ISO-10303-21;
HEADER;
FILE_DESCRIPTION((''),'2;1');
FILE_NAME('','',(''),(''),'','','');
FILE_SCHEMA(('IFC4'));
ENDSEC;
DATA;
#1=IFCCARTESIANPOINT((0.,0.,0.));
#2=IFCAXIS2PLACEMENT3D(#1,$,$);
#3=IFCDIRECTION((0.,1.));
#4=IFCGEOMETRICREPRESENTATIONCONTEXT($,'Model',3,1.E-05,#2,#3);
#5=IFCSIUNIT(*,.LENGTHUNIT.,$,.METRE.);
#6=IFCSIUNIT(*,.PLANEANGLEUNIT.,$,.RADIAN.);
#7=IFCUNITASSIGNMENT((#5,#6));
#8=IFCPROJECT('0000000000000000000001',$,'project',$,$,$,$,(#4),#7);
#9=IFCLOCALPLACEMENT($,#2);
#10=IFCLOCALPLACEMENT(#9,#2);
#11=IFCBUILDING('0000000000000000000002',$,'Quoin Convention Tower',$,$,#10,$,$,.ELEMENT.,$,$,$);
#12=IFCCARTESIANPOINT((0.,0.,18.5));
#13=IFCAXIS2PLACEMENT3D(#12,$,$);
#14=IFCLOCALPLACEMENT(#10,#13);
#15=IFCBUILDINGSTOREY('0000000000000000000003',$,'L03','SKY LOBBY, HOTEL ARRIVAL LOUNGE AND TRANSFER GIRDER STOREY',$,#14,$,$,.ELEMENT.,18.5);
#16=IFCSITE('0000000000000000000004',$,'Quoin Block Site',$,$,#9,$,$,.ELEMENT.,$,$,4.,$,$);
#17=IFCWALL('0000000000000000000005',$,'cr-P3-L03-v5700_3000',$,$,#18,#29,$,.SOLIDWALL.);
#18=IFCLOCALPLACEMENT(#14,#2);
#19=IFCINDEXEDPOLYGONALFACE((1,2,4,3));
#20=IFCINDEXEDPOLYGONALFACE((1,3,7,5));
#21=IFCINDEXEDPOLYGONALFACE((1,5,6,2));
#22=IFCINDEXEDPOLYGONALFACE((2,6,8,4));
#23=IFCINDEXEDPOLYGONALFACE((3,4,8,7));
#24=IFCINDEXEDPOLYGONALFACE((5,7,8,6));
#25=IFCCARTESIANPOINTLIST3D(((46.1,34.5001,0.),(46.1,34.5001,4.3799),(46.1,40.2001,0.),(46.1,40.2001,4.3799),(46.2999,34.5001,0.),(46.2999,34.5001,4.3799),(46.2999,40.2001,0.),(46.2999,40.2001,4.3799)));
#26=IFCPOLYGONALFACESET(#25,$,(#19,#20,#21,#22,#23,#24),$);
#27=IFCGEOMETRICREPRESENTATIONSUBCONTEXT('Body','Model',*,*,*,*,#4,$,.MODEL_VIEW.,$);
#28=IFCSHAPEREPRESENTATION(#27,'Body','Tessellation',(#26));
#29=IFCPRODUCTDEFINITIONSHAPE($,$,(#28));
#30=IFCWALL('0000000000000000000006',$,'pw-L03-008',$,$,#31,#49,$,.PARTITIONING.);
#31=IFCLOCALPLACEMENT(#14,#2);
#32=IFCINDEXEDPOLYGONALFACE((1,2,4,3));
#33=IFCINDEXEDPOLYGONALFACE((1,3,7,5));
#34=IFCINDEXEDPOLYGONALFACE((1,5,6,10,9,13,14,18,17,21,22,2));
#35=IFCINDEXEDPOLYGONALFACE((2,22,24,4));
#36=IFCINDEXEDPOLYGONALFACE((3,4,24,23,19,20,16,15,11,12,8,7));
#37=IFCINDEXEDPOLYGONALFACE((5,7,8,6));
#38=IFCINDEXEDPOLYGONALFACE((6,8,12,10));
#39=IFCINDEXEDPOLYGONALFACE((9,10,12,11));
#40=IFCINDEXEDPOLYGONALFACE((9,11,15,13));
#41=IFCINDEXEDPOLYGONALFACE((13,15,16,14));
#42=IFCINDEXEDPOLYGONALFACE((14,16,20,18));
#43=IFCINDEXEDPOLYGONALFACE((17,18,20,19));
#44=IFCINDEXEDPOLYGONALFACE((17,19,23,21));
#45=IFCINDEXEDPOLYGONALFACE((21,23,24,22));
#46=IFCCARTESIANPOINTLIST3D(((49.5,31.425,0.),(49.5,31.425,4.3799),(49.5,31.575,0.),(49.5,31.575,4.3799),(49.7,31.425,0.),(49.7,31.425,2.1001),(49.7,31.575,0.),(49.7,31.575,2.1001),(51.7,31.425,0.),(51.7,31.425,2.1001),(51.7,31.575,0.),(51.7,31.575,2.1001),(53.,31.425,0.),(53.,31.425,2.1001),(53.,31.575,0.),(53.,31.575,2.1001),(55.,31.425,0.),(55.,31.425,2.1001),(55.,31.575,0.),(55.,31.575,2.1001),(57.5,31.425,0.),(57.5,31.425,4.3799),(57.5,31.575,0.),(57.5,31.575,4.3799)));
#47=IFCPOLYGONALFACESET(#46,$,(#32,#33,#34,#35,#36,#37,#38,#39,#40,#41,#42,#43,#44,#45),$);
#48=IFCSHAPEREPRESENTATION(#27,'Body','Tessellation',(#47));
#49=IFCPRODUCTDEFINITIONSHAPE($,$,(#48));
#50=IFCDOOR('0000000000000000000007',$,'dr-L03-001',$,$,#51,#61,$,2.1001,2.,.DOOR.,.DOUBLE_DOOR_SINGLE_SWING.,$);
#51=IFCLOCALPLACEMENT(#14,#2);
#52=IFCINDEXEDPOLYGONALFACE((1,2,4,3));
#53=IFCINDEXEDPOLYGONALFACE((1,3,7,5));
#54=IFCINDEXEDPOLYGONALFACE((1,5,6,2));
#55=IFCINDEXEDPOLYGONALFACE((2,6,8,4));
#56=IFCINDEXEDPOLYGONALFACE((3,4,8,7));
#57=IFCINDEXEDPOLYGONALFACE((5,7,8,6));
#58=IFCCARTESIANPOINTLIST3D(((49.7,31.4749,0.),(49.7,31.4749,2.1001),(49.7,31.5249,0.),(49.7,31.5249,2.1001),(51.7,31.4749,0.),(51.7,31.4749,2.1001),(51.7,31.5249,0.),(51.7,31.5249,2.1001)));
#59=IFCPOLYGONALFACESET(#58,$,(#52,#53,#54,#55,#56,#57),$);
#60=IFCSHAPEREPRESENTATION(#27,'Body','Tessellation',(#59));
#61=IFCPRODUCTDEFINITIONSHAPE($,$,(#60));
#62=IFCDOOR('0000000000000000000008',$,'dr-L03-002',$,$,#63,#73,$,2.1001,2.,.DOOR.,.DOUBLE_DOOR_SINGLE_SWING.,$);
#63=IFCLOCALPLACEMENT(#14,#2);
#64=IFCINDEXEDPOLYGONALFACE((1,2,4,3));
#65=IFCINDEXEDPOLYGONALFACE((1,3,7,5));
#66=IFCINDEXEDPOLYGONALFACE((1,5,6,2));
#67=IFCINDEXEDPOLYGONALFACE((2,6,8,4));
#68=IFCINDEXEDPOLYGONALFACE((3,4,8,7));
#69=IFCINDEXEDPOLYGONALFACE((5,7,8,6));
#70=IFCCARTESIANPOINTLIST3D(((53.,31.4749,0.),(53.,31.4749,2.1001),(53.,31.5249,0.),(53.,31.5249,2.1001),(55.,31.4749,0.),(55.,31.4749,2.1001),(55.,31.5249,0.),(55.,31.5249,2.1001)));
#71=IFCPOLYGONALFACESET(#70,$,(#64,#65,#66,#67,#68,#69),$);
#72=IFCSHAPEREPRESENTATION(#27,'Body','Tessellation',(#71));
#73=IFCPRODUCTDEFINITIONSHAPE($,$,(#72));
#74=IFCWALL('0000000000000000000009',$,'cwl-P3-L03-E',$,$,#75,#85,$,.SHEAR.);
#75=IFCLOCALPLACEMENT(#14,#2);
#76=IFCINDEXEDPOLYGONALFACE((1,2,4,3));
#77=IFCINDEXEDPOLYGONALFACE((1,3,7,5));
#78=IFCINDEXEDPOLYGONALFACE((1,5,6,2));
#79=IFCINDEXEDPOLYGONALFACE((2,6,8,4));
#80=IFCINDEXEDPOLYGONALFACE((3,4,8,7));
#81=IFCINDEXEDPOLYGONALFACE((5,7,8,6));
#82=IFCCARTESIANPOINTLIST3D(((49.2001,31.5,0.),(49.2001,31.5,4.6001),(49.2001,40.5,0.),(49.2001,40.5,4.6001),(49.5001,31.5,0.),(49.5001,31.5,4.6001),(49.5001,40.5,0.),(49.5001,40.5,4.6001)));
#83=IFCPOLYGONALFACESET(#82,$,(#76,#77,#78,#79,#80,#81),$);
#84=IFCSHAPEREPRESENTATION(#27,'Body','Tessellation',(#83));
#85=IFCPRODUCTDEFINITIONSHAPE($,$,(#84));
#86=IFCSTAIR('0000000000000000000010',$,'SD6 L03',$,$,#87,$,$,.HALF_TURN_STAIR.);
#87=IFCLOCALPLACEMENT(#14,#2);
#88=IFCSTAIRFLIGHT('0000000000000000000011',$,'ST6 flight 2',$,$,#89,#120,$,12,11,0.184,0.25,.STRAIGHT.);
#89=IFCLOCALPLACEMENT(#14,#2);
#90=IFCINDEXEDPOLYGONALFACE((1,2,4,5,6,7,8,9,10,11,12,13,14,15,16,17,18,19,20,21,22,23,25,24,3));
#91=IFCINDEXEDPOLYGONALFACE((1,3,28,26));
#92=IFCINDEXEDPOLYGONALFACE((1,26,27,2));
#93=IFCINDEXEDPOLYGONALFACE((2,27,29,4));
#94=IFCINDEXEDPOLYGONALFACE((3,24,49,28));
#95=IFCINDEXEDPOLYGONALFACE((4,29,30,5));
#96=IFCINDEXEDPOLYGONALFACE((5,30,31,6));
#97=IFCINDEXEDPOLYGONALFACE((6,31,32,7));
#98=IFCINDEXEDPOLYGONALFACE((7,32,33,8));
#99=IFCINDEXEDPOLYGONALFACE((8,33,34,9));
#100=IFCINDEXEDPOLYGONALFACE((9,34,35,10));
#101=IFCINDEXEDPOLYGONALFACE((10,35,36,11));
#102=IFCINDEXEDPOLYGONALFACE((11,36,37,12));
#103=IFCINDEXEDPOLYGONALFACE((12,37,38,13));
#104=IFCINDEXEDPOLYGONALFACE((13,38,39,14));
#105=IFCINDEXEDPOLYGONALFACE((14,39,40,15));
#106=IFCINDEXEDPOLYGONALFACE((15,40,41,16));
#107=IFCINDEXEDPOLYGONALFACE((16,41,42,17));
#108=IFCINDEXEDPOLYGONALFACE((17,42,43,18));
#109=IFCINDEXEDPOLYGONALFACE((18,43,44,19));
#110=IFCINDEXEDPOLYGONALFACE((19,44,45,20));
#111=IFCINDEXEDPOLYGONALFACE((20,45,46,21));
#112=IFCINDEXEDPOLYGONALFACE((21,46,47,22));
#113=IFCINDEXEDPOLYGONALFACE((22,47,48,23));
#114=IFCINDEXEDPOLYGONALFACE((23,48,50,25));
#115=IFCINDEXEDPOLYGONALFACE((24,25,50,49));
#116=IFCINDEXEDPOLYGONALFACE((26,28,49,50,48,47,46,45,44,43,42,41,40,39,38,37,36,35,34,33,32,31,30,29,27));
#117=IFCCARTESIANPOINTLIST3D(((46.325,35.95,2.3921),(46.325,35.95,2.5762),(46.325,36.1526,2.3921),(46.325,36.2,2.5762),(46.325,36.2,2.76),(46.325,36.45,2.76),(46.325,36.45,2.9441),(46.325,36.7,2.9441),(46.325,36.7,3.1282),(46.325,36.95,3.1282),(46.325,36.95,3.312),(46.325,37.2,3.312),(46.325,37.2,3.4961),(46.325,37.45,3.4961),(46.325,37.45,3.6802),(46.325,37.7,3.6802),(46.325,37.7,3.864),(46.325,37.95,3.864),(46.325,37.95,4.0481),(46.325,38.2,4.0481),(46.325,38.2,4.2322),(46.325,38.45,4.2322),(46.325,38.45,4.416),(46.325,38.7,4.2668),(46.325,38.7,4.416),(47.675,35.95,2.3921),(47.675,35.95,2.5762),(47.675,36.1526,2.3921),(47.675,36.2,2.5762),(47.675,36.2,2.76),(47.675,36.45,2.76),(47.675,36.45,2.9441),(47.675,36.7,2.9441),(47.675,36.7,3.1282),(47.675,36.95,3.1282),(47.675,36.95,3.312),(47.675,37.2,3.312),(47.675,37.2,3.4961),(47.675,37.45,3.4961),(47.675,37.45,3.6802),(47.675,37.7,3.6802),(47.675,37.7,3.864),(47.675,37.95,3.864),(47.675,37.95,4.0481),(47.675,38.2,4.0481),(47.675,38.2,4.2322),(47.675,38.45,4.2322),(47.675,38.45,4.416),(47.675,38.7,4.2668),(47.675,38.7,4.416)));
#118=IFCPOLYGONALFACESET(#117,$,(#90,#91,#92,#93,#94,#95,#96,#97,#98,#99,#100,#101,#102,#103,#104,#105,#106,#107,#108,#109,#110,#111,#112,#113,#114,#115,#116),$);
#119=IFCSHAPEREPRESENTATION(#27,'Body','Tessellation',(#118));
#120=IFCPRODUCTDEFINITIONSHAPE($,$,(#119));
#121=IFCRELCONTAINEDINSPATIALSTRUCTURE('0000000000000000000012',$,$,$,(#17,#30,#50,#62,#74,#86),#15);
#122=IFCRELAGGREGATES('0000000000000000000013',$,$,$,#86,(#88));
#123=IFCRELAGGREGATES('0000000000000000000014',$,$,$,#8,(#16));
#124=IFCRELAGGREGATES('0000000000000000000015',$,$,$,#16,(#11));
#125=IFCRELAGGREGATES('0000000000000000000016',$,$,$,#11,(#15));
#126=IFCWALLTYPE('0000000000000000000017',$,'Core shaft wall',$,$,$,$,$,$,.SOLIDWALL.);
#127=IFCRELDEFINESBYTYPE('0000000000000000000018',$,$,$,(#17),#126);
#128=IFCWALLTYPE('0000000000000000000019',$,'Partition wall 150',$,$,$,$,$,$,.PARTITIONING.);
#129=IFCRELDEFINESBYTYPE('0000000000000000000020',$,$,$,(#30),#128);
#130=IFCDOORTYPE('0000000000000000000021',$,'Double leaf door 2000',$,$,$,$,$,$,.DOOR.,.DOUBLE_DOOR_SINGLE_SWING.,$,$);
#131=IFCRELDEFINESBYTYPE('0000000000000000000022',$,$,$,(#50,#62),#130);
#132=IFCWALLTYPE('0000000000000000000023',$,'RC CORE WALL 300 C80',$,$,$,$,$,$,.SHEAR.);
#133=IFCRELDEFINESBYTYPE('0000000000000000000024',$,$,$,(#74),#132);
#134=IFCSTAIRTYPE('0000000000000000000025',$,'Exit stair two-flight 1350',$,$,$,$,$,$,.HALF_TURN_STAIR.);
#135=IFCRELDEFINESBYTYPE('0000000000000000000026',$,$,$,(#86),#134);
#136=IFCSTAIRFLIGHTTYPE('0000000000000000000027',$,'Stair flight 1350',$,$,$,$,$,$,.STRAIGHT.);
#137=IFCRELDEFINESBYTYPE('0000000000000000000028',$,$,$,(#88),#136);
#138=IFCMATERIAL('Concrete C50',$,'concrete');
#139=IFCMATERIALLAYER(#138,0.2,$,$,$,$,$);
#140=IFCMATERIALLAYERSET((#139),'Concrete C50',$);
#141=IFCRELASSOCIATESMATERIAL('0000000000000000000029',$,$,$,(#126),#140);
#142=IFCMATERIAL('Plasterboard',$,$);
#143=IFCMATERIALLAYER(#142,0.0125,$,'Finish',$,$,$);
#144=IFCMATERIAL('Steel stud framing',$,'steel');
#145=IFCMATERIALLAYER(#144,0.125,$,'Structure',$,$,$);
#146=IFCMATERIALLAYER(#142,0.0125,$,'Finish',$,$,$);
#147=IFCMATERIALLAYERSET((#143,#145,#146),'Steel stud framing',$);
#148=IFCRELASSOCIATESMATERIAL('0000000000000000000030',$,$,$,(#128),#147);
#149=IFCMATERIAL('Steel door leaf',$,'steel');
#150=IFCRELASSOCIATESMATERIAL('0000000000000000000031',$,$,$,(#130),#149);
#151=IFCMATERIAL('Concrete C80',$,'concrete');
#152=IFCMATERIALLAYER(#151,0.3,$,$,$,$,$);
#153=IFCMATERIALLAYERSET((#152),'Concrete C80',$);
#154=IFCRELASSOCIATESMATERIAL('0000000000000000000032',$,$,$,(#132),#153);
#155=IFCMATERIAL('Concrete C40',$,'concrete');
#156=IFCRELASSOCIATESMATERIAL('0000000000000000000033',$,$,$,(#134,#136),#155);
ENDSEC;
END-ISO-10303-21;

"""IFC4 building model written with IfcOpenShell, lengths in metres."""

from ifc_helpers import new_model, si_unit, direction, frame, frame_2d, origin, place, context, subcontext, project, spatial, polyline, rectangle, outline, extrude, material, layer, layer_set, type_object, element, fill, aggregate, save


model = new_model("IFC4")

# Units and contexts
model_context = context("Model", 3, precision=1e-05, world=origin(), true_north=direction((0.0, 1.0)))
body_context = subcontext(model_context, "Body", "Model", "MODEL_VIEW")
ifc_project = project(units=[si_unit("LENGTHUNIT", "METRE"), si_unit("PLANEANGLEUNIT", "RADIAN")], contexts=[model_context])

# Site, building, storey
site_placement = place(None, origin())
site = spatial("IfcSite", under=ifc_project, at=site_placement, Name="Quoin Block Site", CompositionType="ELEMENT", RefElevation=4.0)
building_placement = place(site_placement, origin())
building = spatial("IfcBuilding", under=site, at=building_placement, Name="Quoin Convention Tower", CompositionType="ELEMENT")
storey_placement = place(building_placement, frame((0.0, 0.0, 18.5)))
storey = spatial("IfcBuildingStorey", under=building, at=storey_placement, Name="L03", Description="SKY LOBBY, HOTEL ARRIVAL LOUNGE AND TRANSFER GIRDER STOREY", CompositionType="ELEMENT", Elevation=18.5)

# Shared definitions
ifc_material_1 = material(Name="Concrete C80", Category="concrete")

# Wall
ifc_material_2 = material(Name="Concrete C50", Category="concrete")
ifc_layer_1 = layer(ifc_material_2, 0.2)
ifc_layer_set_1 = layer_set([ifc_layer_1], Name="Concrete C50")
wall_type_1 = type_object("IfcWallType", Name="Core shaft wall", PredefinedType="SOLIDWALL", material=ifc_layer_set_1)
wall_1_placement = place(storey_placement, frame((46.2, 34.5, 0.0), z_axis=(0.0, 0.0, 1.0), x_axis=(0.0, 1.0, 0.0)))
element("IfcWall", 1, at=wall_1_placement, inside=storey, type_object=wall_type_1, Name="cr-P3-L03-v5700_3000", PredefinedType="SOLIDWALL", context=body_context, shape_type="SweptSolid", body=[
    extrude(rectangle(XDim=5.7, YDim=0.2, at=frame_2d((2.8501, 0.0))), origin(), (0.0, 0.0, 1.0), 4.3799),
])

# Wall, openings, doors
ifc_material_3 = material(Name="Plasterboard")
ifc_layer_2 = layer(ifc_material_3, 0.0125, Name="Finish")
ifc_material_4 = material(Name="Steel stud framing", Category="steel")
ifc_layer_3 = layer(ifc_material_4, 0.125, Name="Structure")
ifc_layer_4 = layer(ifc_material_3, 0.0125, Name="Finish")
ifc_layer_set_2 = layer_set([ifc_layer_2, ifc_layer_3, ifc_layer_4], Name="Steel stud framing")
wall_type_2 = type_object("IfcWallType", Name="Partition wall 150", PredefinedType="PARTITIONING", material=ifc_layer_set_2)
wall_2_placement = place(storey_placement, frame((49.5, 31.5, 0.0), z_axis=(0.0, 0.0, 1.0), x_axis=(1.0, 0.0, 0.0)))
wall_2 = element("IfcWall", 2, at=wall_2_placement, inside=storey, type_object=wall_type_2, Name="pw-L03-008", PredefinedType="PARTITIONING", context=body_context, shape_type="SweptSolid", body=[
    extrude(rectangle(XDim=8.0, YDim=0.1499, at=frame_2d((4.0, 0.0))), origin(), (0.0, 0.0, 1.0), 4.3799),
])
opening_1_placement = place(wall_2_placement, frame((0.2, 0.0, 0.0)))
opening_1 = element("IfcOpeningElement", 3, at=opening_1_placement, cuts=wall_2, PredefinedType="OPENING", context=body_context, shape_type="SweptSolid", body=[
    extrude(rectangle(XDim=2.0, YDim=2.1001, at=frame_2d((1.0, 1.05))), frame((0.0, 0.085, 0.0), z_axis=(0.0, -1.0, 0.0), x_axis=(1.0, 0.0, 0.0)), (0.0, 0.0, 1.0), 0.1699),
])
opening_2_placement = place(wall_2_placement, frame((3.5, 0.0, 0.0)))
opening_2 = element("IfcOpeningElement", 4, at=opening_2_placement, cuts=wall_2, PredefinedType="OPENING", context=body_context, shape_type="SweptSolid", body=[
    extrude(rectangle(XDim=2.0, YDim=2.1001, at=frame_2d((1.0, 1.05))), frame((0.0, 0.085, 0.0), z_axis=(0.0, -1.0, 0.0), x_axis=(1.0, 0.0, 0.0)), (0.0, 0.0, 1.0), 0.1699),
])
ifc_material_5 = material(Name="Steel door leaf", Category="steel")
door_type = type_object("IfcDoorType", Name="Double leaf door 2000", OperationType="DOUBLE_DOOR_SINGLE_SWING", PredefinedType="DOOR", material=ifc_material_5)
door_1_placement = place(opening_1_placement, origin())
door_1 = element("IfcDoor", 5, at=door_1_placement, inside=storey, type_object=door_type, Name="dr-L03-001", OperationType="DOUBLE_DOOR_SINGLE_SWING", OverallHeight=2.1001, OverallWidth=2.0, PredefinedType="DOOR", context=body_context, shape_type="SweptSolid", body=[
    extrude(rectangle(XDim=2.0, YDim=2.1001, at=frame_2d((1.0, 1.05))), frame((0.0, 0.0249, 0.0), z_axis=(0.0, -1.0, 0.0), x_axis=(1.0, 0.0, 0.0)), (0.0, 0.0, 1.0), 0.05),
])
fill(opening_1, door_1)
door_2_placement = place(opening_2_placement, origin())
door_2 = element("IfcDoor", 6, at=door_2_placement, inside=storey, type_object=door_type, Name="dr-L03-002", OperationType="DOUBLE_DOOR_SINGLE_SWING", OverallHeight=2.1001, OverallWidth=2.0, PredefinedType="DOOR", context=body_context, shape_type="SweptSolid", body=[
    extrude(rectangle(XDim=2.0, YDim=2.1001, at=frame_2d((1.0, 1.05))), frame((0.0, 0.0249, 0.0), z_axis=(0.0, -1.0, 0.0), x_axis=(1.0, 0.0, 0.0)), (0.0, 0.0, 1.0), 0.05),
])
fill(opening_2, door_2)

# Wall
ifc_layer_5 = layer(ifc_material_1, 0.3)
ifc_layer_set_3 = layer_set([ifc_layer_5], Name="Concrete C80")
wall_type_3 = type_object("IfcWallType", Name="RC CORE WALL 300 C80", PredefinedType="SHEAR", material=ifc_layer_set_3)
wall_3_placement = place(storey_placement, frame((49.3501, 31.5, 0.0), z_axis=(0.0, 0.0, 1.0), x_axis=(0.0, 1.0, 0.0)))
element("IfcWall", 7, at=wall_3_placement, inside=storey, type_object=wall_type_3, Name="cwl-P3-L03-E", PredefinedType="SHEAR", context=body_context, shape_type="SweptSolid", body=[
    extrude(rectangle(XDim=9.0, YDim=0.3, at=frame_2d((4.5, 0.0))), origin(), (0.0, 0.0, 1.0), 4.6001),
])

# Stair, stair flight
ifc_material_6 = material(Name="Concrete C40", Category="concrete")
stair_type = type_object("IfcStairType", Name="Exit stair two-flight 1350", PredefinedType="HALF_TURN_STAIR", material=ifc_material_6)
stair_placement = place(storey_placement, origin())
stair = element("IfcStair", 8, at=stair_placement, inside=storey, type_object=stair_type, Name="SD6 L03", PredefinedType="HALF_TURN_STAIR")
stair_flight_type = type_object("IfcStairFlightType", Name="Stair flight 1350", PredefinedType="STRAIGHT", material=ifc_material_6)
stair_flight_placement = place(storey_placement, frame((47.0, 35.95, 2.3921), z_axis=(0.0, 0.0, 1.0), x_axis=(0.0, 1.0, 0.0)))
stair_flight = element("IfcStairFlight", 9, at=stair_flight_placement, type_object=stair_flight_type, Name="ST6 flight 2", NumberOfRisers=12, NumberOfTreads=11, PredefinedType="STRAIGHT", RiserHeight=0.184, TreadLength=0.25, context=body_context, shape_type="SweptSolid", body=[
    extrude(outline(polyline([(0.0, 0.0), (0.0, 0.1841), (0.25, 0.1841), (0.25, 0.3679), (0.5, 0.3679), (0.5, 0.552), (0.75, 0.552), (0.75, 0.7361), (1.0, 0.7361), (1.0, 0.9199), (1.25, 0.9199), (1.25, 1.104), (1.5, 1.104), (1.5, 1.2881), (1.75, 1.2881), (1.75, 1.4719), (2.0, 1.4719), (2.0, 1.656), (2.25, 1.656), (2.25, 1.8401), (2.5, 1.8401), (2.5, 2.0239), (2.75, 2.0239), (2.75, 2.208), (2.75, 1.8748), (0.2026, 0.0), (0.0, 0.0)])), frame((0.0, 0.675, 0.0), z_axis=(0.0, -1.0, 0.0), x_axis=(1.0, 0.0, 0.0)), (0.0, 0.0, 1.0), 1.3501),
])
aggregate(stair, [stair_flight])

save(model, "model.ifc")
